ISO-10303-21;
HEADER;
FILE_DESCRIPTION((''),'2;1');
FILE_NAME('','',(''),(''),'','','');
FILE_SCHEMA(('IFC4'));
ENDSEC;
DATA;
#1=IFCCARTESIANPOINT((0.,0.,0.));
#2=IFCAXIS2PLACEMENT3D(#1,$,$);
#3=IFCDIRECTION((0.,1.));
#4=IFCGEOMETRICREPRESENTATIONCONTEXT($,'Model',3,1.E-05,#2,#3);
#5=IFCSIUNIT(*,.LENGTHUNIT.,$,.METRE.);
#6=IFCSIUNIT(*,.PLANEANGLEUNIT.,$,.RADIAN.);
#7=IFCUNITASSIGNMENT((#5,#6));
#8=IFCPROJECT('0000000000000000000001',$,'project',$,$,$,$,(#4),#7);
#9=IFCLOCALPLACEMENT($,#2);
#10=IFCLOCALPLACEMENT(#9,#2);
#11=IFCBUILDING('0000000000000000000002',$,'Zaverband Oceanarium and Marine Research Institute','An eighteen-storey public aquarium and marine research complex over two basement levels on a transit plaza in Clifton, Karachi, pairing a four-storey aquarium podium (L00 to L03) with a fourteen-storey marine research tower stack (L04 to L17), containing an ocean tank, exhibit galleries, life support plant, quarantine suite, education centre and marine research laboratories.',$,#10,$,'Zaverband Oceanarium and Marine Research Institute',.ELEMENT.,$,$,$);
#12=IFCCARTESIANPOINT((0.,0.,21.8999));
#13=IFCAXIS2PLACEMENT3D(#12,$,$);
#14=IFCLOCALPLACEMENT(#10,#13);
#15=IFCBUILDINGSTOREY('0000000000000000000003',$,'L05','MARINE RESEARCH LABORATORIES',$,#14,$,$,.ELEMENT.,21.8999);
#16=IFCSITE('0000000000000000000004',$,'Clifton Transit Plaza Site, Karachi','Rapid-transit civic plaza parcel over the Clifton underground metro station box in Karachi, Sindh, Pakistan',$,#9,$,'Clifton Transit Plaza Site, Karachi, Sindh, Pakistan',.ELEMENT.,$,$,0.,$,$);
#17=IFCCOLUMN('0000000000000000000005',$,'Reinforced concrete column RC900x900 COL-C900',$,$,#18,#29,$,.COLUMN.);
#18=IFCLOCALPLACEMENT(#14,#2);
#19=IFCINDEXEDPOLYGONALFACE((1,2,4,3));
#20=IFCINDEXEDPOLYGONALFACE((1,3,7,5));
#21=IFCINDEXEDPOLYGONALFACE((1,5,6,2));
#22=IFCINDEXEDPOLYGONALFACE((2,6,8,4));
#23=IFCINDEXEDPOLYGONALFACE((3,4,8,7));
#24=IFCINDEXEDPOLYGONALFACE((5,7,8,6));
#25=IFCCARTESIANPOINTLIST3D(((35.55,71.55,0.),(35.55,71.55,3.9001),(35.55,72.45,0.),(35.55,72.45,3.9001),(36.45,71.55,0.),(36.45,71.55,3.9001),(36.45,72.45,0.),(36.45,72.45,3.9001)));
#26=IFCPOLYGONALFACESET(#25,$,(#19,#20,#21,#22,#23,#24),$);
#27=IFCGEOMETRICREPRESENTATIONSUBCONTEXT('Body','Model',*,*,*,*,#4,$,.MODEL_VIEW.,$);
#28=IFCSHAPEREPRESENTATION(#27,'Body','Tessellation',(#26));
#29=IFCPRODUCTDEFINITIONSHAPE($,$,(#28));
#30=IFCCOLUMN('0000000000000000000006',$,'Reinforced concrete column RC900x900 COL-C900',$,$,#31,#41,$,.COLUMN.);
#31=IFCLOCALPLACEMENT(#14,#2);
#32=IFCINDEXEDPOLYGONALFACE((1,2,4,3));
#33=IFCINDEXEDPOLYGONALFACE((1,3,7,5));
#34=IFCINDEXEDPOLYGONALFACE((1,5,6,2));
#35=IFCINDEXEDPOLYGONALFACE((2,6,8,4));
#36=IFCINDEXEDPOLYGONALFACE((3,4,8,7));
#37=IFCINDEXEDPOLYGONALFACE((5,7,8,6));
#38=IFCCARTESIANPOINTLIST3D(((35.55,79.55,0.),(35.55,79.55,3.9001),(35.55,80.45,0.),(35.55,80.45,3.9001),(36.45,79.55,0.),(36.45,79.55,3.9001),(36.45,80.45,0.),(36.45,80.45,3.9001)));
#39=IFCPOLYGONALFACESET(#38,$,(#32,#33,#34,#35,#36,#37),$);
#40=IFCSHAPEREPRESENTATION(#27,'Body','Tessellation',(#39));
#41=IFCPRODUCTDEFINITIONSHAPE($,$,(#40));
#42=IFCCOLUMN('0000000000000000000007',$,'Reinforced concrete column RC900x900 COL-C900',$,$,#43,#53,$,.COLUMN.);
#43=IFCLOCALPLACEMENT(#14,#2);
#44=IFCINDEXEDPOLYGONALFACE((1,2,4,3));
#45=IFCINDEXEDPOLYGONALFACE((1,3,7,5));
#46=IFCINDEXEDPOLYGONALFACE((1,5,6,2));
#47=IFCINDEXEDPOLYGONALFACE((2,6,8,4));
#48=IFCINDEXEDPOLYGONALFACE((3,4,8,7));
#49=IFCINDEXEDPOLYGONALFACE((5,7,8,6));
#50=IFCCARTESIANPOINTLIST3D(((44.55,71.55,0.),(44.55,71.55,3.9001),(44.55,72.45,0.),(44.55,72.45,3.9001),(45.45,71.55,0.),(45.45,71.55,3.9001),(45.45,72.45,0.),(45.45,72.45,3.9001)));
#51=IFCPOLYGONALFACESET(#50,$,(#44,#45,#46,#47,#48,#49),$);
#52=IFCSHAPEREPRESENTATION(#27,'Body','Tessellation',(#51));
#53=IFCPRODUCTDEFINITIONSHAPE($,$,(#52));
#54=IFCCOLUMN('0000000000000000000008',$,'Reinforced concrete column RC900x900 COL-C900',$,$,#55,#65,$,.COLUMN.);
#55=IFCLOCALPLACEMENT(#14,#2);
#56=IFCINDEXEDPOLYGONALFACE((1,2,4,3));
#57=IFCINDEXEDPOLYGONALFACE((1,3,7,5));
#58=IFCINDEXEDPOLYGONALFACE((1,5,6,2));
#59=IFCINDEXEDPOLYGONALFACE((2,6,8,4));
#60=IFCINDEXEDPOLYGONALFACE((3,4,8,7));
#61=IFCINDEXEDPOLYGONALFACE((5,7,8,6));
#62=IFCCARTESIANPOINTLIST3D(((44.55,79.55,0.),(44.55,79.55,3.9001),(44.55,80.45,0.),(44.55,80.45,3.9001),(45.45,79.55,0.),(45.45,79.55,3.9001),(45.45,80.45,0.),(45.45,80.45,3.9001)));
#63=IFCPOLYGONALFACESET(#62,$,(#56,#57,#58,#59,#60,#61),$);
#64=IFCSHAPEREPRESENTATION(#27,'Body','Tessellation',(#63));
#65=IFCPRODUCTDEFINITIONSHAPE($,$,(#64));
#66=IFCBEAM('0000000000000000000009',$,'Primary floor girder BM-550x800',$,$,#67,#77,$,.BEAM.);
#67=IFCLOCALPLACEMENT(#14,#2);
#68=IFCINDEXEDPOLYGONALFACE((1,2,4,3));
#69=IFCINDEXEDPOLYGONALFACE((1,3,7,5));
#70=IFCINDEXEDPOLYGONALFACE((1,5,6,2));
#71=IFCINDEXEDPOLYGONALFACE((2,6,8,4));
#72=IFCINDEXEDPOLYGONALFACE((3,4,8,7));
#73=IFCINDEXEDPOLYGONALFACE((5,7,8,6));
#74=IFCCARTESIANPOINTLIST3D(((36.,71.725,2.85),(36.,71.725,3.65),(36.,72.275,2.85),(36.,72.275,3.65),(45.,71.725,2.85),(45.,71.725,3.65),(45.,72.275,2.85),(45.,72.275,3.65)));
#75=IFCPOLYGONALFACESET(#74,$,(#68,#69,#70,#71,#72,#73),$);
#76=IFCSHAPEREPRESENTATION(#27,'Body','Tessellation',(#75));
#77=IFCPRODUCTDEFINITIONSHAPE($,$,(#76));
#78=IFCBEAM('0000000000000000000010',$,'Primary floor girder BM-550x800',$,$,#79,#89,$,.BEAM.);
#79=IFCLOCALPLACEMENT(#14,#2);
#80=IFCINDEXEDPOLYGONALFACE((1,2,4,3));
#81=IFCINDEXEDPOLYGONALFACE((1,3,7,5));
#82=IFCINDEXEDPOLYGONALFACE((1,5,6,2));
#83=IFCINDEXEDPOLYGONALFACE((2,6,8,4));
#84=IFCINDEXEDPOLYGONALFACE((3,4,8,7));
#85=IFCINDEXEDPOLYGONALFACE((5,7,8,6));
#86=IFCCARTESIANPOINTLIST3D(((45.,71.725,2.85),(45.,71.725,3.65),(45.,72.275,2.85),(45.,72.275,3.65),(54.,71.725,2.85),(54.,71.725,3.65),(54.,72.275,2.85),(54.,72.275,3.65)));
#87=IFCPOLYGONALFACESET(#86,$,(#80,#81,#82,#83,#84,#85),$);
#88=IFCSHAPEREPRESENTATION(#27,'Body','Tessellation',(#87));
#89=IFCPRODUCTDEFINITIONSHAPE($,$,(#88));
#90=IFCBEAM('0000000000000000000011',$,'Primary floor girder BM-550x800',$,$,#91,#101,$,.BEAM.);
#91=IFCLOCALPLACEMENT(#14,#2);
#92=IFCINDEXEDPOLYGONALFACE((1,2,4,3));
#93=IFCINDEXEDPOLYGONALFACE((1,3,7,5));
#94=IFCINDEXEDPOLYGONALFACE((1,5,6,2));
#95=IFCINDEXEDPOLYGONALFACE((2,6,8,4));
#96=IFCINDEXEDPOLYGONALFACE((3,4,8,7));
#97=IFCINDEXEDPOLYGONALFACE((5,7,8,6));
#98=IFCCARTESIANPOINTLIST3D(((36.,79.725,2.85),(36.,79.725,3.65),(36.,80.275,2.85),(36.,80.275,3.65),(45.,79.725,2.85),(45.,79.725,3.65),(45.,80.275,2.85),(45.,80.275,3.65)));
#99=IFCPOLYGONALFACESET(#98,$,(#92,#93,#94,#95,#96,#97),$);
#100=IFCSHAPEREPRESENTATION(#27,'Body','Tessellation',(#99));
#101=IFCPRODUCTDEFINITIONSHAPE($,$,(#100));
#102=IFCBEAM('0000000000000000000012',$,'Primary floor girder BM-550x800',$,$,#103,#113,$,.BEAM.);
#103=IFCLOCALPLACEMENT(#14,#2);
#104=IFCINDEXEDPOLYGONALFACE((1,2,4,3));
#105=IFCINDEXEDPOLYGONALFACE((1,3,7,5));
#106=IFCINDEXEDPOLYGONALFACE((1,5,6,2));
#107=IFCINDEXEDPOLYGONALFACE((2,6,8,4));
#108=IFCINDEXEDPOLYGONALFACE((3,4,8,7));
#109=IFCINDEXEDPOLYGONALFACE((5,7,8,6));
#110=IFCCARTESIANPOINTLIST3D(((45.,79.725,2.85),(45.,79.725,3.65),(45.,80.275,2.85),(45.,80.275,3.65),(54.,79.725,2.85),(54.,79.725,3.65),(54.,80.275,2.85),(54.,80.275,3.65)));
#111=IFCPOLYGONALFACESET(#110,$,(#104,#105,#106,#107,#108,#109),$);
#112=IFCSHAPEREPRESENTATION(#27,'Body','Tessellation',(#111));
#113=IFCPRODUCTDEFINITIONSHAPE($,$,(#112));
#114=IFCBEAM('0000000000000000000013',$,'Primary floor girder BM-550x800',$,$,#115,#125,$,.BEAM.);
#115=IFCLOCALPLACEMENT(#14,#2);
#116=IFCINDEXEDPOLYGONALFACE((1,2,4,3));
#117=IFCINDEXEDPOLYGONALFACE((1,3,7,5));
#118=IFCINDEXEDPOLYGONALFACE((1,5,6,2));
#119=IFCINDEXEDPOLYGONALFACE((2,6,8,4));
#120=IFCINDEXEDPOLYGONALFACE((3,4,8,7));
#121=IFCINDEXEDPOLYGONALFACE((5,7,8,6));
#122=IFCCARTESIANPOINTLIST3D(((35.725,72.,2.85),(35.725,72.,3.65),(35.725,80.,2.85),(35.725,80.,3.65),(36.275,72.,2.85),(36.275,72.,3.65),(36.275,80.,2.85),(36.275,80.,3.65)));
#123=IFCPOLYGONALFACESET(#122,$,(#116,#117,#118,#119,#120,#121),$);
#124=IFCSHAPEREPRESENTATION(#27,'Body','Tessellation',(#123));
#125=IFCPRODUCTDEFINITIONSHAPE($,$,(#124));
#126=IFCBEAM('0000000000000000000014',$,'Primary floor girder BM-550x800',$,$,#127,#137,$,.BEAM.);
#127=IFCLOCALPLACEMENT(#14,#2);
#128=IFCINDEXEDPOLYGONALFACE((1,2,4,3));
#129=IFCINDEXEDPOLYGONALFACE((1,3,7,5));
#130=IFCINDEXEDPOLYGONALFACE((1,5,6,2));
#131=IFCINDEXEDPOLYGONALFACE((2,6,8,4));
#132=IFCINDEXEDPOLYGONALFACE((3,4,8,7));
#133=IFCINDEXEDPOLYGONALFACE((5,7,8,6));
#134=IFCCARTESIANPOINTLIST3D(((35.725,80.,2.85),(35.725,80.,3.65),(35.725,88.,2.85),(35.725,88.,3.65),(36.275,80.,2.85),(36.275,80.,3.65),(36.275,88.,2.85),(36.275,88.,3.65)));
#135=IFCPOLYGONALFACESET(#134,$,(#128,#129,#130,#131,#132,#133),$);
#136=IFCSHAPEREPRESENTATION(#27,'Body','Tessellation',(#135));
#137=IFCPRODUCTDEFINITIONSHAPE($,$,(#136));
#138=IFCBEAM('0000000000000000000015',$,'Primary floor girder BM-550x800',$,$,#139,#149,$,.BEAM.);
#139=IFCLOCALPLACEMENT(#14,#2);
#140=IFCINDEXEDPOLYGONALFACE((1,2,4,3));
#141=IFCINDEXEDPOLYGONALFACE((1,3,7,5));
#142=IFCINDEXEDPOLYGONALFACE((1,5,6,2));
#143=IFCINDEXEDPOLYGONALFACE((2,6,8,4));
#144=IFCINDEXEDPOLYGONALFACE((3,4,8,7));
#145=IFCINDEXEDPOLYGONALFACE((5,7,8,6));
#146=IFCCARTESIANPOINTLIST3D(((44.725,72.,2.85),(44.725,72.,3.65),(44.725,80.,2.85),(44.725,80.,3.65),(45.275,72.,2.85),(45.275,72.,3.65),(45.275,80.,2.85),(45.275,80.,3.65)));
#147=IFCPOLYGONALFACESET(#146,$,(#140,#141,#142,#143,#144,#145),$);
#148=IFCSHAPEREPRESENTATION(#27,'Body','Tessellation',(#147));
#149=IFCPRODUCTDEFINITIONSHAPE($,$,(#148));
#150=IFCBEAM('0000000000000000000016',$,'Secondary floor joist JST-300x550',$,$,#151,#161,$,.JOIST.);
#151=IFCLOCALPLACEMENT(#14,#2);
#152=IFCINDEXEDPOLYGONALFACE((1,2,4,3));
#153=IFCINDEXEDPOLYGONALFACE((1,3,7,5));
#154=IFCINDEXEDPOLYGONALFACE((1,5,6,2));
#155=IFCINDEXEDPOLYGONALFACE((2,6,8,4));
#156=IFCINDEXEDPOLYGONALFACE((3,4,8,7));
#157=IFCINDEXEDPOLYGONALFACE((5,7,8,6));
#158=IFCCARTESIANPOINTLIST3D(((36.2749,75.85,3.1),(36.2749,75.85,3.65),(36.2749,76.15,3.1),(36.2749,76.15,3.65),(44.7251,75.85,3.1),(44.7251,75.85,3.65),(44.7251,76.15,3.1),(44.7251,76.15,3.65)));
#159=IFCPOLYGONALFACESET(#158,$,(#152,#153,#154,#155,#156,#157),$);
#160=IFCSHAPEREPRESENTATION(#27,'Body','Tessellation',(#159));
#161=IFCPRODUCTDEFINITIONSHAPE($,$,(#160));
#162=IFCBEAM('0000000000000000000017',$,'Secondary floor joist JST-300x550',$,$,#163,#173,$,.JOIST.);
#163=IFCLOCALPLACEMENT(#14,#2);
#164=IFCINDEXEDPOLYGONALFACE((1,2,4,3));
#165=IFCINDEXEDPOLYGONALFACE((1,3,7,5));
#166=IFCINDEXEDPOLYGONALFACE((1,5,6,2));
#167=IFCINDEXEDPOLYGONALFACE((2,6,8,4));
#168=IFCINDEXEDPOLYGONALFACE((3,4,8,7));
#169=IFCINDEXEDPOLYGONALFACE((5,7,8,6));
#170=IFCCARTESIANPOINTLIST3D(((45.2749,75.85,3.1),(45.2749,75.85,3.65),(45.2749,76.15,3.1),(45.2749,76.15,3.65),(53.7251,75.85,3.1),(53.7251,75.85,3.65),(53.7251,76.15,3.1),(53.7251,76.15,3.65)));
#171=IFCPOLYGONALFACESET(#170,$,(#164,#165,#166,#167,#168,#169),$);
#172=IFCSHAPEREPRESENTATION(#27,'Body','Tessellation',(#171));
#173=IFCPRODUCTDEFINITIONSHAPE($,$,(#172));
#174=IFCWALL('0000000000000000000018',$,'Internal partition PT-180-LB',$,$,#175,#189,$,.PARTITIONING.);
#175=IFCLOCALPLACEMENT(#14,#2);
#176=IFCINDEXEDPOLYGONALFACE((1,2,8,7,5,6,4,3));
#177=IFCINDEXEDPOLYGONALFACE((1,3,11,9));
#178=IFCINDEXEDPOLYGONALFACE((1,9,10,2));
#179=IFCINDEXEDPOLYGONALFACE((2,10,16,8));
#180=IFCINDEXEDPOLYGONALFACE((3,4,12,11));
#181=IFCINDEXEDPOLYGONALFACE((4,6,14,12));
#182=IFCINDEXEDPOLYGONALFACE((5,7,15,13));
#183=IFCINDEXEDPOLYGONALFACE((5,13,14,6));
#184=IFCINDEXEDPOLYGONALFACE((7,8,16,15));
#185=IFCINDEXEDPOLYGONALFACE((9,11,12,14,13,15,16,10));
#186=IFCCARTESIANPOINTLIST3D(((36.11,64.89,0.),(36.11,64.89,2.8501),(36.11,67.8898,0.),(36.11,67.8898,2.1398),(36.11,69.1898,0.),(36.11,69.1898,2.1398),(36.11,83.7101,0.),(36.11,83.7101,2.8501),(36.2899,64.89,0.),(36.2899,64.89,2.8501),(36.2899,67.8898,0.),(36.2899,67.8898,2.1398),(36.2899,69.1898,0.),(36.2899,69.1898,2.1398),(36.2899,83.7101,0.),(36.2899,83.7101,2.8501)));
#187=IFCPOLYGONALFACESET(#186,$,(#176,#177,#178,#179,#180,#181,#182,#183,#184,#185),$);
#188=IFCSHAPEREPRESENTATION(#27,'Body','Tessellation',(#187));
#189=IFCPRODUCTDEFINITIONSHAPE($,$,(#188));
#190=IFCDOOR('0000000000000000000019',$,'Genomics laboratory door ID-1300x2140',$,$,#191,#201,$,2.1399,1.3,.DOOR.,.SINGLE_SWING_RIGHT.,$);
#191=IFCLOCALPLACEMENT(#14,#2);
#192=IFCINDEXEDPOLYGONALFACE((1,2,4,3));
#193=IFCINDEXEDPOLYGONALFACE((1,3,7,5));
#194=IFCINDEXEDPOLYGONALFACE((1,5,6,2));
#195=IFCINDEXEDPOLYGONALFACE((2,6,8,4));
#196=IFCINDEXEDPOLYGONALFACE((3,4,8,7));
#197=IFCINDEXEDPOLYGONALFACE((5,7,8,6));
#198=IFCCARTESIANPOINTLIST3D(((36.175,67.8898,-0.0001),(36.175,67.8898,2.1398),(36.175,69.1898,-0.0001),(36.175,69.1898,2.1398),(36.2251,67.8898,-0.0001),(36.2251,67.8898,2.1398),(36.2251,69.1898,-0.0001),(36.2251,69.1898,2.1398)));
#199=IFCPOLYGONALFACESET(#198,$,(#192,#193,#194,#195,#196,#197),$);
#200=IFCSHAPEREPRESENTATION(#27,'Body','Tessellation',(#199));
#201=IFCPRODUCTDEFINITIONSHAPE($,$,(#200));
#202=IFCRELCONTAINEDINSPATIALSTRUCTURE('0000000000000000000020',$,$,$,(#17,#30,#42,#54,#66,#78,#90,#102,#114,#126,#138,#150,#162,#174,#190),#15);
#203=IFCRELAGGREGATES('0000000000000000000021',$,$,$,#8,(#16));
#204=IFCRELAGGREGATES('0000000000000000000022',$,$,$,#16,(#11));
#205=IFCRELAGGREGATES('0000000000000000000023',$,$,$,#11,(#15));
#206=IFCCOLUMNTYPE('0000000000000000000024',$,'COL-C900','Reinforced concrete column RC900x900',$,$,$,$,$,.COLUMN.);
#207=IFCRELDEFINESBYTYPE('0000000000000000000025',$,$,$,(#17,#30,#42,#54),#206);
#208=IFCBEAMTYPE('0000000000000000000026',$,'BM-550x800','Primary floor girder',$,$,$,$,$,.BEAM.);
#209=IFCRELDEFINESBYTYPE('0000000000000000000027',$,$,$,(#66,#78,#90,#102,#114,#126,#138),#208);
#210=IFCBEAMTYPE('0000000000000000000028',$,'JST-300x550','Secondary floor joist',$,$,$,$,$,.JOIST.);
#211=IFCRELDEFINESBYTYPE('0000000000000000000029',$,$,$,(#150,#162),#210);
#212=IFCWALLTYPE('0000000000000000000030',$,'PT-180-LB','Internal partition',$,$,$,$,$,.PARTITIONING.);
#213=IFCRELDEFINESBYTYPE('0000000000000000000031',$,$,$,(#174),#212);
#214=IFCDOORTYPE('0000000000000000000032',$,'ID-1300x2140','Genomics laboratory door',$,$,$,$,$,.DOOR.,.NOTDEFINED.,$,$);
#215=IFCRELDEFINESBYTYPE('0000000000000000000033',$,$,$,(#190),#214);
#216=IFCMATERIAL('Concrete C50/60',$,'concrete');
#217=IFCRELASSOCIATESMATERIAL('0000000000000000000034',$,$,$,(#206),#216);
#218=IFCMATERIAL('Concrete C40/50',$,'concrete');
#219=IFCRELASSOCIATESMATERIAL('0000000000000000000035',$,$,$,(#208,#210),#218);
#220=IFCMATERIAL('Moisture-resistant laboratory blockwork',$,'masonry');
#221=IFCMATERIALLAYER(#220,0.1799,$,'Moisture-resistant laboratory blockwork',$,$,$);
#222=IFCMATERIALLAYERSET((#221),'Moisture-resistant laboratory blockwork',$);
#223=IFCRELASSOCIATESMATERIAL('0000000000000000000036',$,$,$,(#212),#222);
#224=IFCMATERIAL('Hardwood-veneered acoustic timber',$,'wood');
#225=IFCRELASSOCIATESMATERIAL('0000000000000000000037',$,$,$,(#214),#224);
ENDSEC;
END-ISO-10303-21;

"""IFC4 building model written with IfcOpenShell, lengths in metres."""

from ifc_helpers import new_model, si_unit, direction, frame, frame_2d, origin, origin_2d, place, context, subcontext, project, spatial, rectangle, extrude, material, layer, layer_set, material_profile, profile_set, type_object, element, fill, save


model = new_model("IFC4")

# Units and contexts
model_context = context("Model", 3, precision=1e-05, world=origin(), true_north=direction((0.0, 1.0)))
body_context = subcontext(model_context, "Body", "Model", "MODEL_VIEW")
ifc_project = project(units=[si_unit("LENGTHUNIT", "METRE"), si_unit("PLANEANGLEUNIT", "RADIAN")], contexts=[model_context])

# Site, building, storey
site_placement = place(None, origin())
site = spatial("IfcSite", under=ifc_project, at=site_placement, Name="Clifton Transit Plaza Site, Karachi", Description="Rapid-transit civic plaza parcel over the Clifton underground metro station box in Karachi, Sindh, Pakistan", LongName="Clifton Transit Plaza Site, Karachi, Sindh, Pakistan", CompositionType="ELEMENT", RefElevation=0.0)
building_placement = place(site_placement, origin())
building = spatial("IfcBuilding", under=site, at=building_placement, Name="Zaverband Oceanarium and Marine Research Institute", Description="An eighteen-storey public aquarium and marine research complex over two basement levels on a transit plaza in Clifton, Karachi, pairing a four-storey aquarium podium (L00 to L03) with a fourteen-storey marine research tower stack (L04 to L17), containing an ocean tank, exhibit galleries, life support plant, quarantine suite, education centre and marine research laboratories.", LongName="Zaverband Oceanarium and Marine Research Institute", CompositionType="ELEMENT")
storey_placement = place(building_placement, frame((0.0, 0.0, 21.8999)))
storey = spatial("IfcBuildingStorey", under=building, at=storey_placement, Name="L05", Description="MARINE RESEARCH LABORATORIES", CompositionType="ELEMENT", Elevation=21.8999)

# Columns
ifc_material_1 = material(Name="Concrete C50/60", Category="concrete")
ifc_material_profile_1 = material_profile(ifc_material_1, rectangle(XDim=0.8999, YDim=0.8999, at=origin_2d()), Name="RC900x900")
ifc_profile_set_1 = profile_set([ifc_material_profile_1], Name="Concrete C50/60")
column_type = type_object("IfcColumnType", Name="COL-C900", Description="Reinforced concrete column RC900x900", PredefinedType="COLUMN", material=ifc_profile_set_1)
for number, where, z_axis, x_axis, name in (
    (1, (36.0, 72.0, 0.0), (0.0, 0.0, 1.0), (1.0, 0.0, 0.0), "Reinforced concrete column RC900x900 COL-C900"),
    (2, (36.0, 80.0, 0.0), (0.0, 0.0, 1.0), (1.0, 0.0, 0.0), "Reinforced concrete column RC900x900 COL-C900"),
    (3, (45.0, 72.0, 0.0), (0.0, 0.0, 1.0), (1.0, 0.0, 0.0), "Reinforced concrete column RC900x900 COL-C900"),
    (4, (45.0, 80.0, 0.0), (0.0, 0.0, 1.0), (1.0, 0.0, 0.0), "Reinforced concrete column RC900x900 COL-C900"),
):
    element("IfcColumn", number, at=place(storey_placement, frame(where, z_axis=z_axis, x_axis=x_axis)), inside=storey, type_object=column_type, Name=name, PredefinedType="COLUMN", context=body_context, shape_type="SweptSolid", body=[
        extrude(rectangle(XDim=0.8999, YDim=0.8999, at=origin_2d()), origin(), (0.0, 0.0, 1.0), 3.9001),
    ])

# Beams
ifc_material_2 = material(Name="Concrete C40/50", Category="concrete")
ifc_material_profile_2 = material_profile(ifc_material_2, rectangle(XDim=0.55, YDim=0.8, at=origin_2d()), Name="RC550x800")
ifc_profile_set_2 = profile_set([ifc_material_profile_2], Name="Concrete C40/50")
beam_type_1 = type_object("IfcBeamType", Name="BM-550x800", Description="Primary floor girder", PredefinedType="BEAM", material=ifc_profile_set_2)
for number, where, z_axis, x_axis, name in (
    (5, (36.0, 72.0, 3.25), (1.0, 0.0, 0.0), (0.0, 1.0, 0.0), "Primary floor girder BM-550x800"),
    (6, (45.0, 72.0, 3.25), (1.0, 0.0, 0.0), (0.0, 1.0, 0.0), "Primary floor girder BM-550x800"),
    (7, (36.0, 80.0, 3.25), (1.0, 0.0, 0.0), (0.0, 1.0, 0.0), "Primary floor girder BM-550x800"),
    (8, (45.0, 80.0, 3.25), (1.0, 0.0, 0.0), (0.0, 1.0, 0.0), "Primary floor girder BM-550x800"),
):
    element("IfcBeam", number, at=place(storey_placement, frame(where, z_axis=z_axis, x_axis=x_axis)), inside=storey, type_object=beam_type_1, Name=name, PredefinedType="BEAM", context=body_context, shape_type="SweptSolid", body=[
        extrude(rectangle(XDim=0.55, YDim=0.8, at=origin_2d()), origin(), (0.0, 0.0, 1.0), 9.0),
    ])
for number, where, z_axis, x_axis, name in (
    (9, (36.0, 72.0, 3.25), (0.0, 1.0, 0.0), (-1.0, 0.0, 0.0), "Primary floor girder BM-550x800"),
    (10, (36.0, 80.0, 3.25), (0.0, 1.0, 0.0), (-1.0, 0.0, 0.0), "Primary floor girder BM-550x800"),
    (11, (45.0, 72.0, 3.25), (0.0, 1.0, 0.0), (-1.0, 0.0, 0.0), "Primary floor girder BM-550x800"),
):
    element("IfcBeam", number, at=place(storey_placement, frame(where, z_axis=z_axis, x_axis=x_axis)), inside=storey, type_object=beam_type_1, Name=name, PredefinedType="BEAM", context=body_context, shape_type="SweptSolid", body=[
        extrude(rectangle(XDim=0.55, YDim=0.8, at=origin_2d()), origin(), (0.0, 0.0, 1.0), 8.0),
    ])
ifc_material_profile_3 = material_profile(ifc_material_2, rectangle(XDim=0.3, YDim=0.55, at=origin_2d()), Name="RC300x550")
ifc_profile_set_3 = profile_set([ifc_material_profile_3], Name="Concrete C40/50")
beam_type_2 = type_object("IfcBeamType", Name="JST-300x550", Description="Secondary floor joist", PredefinedType="JOIST", material=ifc_profile_set_3)
for number, where, z_axis, x_axis, name in (
    (12, (36.2749, 76.0, 3.375), (1.0, 0.0, 0.0), (0.0, 1.0, 0.0), "Secondary floor joist JST-300x550"),
    (13, (45.2749, 76.0, 3.375), (1.0, 0.0, 0.0), (0.0, 1.0, 0.0), "Secondary floor joist JST-300x550"),
):
    element("IfcBeam", number, at=place(storey_placement, frame(where, z_axis=z_axis, x_axis=x_axis)), inside=storey, type_object=beam_type_2, Name=name, PredefinedType="JOIST", context=body_context, shape_type="SweptSolid", body=[
        extrude(rectangle(XDim=0.3, YDim=0.55, at=origin_2d()), origin(), (0.0, 0.0, 1.0), 8.4502),
    ])

# Wall, opening, door
ifc_material_3 = material(Name="Moisture-resistant laboratory blockwork", Category="masonry")
ifc_layer = layer(ifc_material_3, 0.1799, Name="Moisture-resistant laboratory blockwork")
ifc_layer_set = layer_set([ifc_layer], Name="Moisture-resistant laboratory blockwork")
wall_type = type_object("IfcWallType", Name="PT-180-LB", Description="Internal partition", PredefinedType="PARTITIONING", material=ifc_layer_set)
wall_placement = place(storey_placement, frame((36.2, 64.8899, 0.0), z_axis=(0.0, 0.0, 1.0), x_axis=(0.0, 1.0, 0.0)))
wall = element("IfcWall", 14, at=wall_placement, inside=storey, type_object=wall_type, Name="Internal partition PT-180-LB", PredefinedType="PARTITIONING", context=body_context, shape_type="SweptSolid", body=[
    extrude(rectangle(XDim=18.8201, YDim=0.1799, at=frame_2d((9.4102, 0.0))), origin(), (0.0, 0.0, 1.0), 2.8501),
])
opening_placement = place(wall_placement, frame((3.0, 0.0, 0.0)))
opening = element("IfcOpeningElement", 15, at=opening_placement, cuts=wall, PredefinedType="OPENING", context=body_context, shape_type="SweptSolid", body=[
    extrude(rectangle(XDim=1.3, YDim=2.1399, at=frame_2d((0.6499, 1.0698))), frame((0.0, 0.1021, 0.0), z_axis=(0.0, -1.0, 0.0), x_axis=(1.0, 0.0, 0.0)), (0.0, 0.0, 1.0), 0.2039),
])
ifc_material_4 = material(Name="Hardwood-veneered acoustic timber", Category="wood")
door_type = type_object("IfcDoorType", Name="ID-1300x2140", Description="Genomics laboratory door", OperationType="NOTDEFINED", PredefinedType="DOOR", material=ifc_material_4)
door_placement = place(opening_placement, origin())
door = element("IfcDoor", 16, at=door_placement, inside=storey, type_object=door_type, Name="Genomics laboratory door ID-1300x2140", OperationType="SINGLE_SWING_RIGHT", OverallHeight=2.1399, OverallWidth=1.3, PredefinedType="DOOR", context=body_context, shape_type="SweptSolid", body=[
    extrude(rectangle(XDim=1.3, YDim=2.1399, at=frame_2d((0.6499, 1.0698))), frame((0.0, 0.0249, 0.0), z_axis=(0.0, -1.0, 0.0), x_axis=(1.0, 0.0, 0.0)), (0.0, 0.0, 1.0), 0.05),
])
fill(opening, door)

save(model, "model.ifc")
